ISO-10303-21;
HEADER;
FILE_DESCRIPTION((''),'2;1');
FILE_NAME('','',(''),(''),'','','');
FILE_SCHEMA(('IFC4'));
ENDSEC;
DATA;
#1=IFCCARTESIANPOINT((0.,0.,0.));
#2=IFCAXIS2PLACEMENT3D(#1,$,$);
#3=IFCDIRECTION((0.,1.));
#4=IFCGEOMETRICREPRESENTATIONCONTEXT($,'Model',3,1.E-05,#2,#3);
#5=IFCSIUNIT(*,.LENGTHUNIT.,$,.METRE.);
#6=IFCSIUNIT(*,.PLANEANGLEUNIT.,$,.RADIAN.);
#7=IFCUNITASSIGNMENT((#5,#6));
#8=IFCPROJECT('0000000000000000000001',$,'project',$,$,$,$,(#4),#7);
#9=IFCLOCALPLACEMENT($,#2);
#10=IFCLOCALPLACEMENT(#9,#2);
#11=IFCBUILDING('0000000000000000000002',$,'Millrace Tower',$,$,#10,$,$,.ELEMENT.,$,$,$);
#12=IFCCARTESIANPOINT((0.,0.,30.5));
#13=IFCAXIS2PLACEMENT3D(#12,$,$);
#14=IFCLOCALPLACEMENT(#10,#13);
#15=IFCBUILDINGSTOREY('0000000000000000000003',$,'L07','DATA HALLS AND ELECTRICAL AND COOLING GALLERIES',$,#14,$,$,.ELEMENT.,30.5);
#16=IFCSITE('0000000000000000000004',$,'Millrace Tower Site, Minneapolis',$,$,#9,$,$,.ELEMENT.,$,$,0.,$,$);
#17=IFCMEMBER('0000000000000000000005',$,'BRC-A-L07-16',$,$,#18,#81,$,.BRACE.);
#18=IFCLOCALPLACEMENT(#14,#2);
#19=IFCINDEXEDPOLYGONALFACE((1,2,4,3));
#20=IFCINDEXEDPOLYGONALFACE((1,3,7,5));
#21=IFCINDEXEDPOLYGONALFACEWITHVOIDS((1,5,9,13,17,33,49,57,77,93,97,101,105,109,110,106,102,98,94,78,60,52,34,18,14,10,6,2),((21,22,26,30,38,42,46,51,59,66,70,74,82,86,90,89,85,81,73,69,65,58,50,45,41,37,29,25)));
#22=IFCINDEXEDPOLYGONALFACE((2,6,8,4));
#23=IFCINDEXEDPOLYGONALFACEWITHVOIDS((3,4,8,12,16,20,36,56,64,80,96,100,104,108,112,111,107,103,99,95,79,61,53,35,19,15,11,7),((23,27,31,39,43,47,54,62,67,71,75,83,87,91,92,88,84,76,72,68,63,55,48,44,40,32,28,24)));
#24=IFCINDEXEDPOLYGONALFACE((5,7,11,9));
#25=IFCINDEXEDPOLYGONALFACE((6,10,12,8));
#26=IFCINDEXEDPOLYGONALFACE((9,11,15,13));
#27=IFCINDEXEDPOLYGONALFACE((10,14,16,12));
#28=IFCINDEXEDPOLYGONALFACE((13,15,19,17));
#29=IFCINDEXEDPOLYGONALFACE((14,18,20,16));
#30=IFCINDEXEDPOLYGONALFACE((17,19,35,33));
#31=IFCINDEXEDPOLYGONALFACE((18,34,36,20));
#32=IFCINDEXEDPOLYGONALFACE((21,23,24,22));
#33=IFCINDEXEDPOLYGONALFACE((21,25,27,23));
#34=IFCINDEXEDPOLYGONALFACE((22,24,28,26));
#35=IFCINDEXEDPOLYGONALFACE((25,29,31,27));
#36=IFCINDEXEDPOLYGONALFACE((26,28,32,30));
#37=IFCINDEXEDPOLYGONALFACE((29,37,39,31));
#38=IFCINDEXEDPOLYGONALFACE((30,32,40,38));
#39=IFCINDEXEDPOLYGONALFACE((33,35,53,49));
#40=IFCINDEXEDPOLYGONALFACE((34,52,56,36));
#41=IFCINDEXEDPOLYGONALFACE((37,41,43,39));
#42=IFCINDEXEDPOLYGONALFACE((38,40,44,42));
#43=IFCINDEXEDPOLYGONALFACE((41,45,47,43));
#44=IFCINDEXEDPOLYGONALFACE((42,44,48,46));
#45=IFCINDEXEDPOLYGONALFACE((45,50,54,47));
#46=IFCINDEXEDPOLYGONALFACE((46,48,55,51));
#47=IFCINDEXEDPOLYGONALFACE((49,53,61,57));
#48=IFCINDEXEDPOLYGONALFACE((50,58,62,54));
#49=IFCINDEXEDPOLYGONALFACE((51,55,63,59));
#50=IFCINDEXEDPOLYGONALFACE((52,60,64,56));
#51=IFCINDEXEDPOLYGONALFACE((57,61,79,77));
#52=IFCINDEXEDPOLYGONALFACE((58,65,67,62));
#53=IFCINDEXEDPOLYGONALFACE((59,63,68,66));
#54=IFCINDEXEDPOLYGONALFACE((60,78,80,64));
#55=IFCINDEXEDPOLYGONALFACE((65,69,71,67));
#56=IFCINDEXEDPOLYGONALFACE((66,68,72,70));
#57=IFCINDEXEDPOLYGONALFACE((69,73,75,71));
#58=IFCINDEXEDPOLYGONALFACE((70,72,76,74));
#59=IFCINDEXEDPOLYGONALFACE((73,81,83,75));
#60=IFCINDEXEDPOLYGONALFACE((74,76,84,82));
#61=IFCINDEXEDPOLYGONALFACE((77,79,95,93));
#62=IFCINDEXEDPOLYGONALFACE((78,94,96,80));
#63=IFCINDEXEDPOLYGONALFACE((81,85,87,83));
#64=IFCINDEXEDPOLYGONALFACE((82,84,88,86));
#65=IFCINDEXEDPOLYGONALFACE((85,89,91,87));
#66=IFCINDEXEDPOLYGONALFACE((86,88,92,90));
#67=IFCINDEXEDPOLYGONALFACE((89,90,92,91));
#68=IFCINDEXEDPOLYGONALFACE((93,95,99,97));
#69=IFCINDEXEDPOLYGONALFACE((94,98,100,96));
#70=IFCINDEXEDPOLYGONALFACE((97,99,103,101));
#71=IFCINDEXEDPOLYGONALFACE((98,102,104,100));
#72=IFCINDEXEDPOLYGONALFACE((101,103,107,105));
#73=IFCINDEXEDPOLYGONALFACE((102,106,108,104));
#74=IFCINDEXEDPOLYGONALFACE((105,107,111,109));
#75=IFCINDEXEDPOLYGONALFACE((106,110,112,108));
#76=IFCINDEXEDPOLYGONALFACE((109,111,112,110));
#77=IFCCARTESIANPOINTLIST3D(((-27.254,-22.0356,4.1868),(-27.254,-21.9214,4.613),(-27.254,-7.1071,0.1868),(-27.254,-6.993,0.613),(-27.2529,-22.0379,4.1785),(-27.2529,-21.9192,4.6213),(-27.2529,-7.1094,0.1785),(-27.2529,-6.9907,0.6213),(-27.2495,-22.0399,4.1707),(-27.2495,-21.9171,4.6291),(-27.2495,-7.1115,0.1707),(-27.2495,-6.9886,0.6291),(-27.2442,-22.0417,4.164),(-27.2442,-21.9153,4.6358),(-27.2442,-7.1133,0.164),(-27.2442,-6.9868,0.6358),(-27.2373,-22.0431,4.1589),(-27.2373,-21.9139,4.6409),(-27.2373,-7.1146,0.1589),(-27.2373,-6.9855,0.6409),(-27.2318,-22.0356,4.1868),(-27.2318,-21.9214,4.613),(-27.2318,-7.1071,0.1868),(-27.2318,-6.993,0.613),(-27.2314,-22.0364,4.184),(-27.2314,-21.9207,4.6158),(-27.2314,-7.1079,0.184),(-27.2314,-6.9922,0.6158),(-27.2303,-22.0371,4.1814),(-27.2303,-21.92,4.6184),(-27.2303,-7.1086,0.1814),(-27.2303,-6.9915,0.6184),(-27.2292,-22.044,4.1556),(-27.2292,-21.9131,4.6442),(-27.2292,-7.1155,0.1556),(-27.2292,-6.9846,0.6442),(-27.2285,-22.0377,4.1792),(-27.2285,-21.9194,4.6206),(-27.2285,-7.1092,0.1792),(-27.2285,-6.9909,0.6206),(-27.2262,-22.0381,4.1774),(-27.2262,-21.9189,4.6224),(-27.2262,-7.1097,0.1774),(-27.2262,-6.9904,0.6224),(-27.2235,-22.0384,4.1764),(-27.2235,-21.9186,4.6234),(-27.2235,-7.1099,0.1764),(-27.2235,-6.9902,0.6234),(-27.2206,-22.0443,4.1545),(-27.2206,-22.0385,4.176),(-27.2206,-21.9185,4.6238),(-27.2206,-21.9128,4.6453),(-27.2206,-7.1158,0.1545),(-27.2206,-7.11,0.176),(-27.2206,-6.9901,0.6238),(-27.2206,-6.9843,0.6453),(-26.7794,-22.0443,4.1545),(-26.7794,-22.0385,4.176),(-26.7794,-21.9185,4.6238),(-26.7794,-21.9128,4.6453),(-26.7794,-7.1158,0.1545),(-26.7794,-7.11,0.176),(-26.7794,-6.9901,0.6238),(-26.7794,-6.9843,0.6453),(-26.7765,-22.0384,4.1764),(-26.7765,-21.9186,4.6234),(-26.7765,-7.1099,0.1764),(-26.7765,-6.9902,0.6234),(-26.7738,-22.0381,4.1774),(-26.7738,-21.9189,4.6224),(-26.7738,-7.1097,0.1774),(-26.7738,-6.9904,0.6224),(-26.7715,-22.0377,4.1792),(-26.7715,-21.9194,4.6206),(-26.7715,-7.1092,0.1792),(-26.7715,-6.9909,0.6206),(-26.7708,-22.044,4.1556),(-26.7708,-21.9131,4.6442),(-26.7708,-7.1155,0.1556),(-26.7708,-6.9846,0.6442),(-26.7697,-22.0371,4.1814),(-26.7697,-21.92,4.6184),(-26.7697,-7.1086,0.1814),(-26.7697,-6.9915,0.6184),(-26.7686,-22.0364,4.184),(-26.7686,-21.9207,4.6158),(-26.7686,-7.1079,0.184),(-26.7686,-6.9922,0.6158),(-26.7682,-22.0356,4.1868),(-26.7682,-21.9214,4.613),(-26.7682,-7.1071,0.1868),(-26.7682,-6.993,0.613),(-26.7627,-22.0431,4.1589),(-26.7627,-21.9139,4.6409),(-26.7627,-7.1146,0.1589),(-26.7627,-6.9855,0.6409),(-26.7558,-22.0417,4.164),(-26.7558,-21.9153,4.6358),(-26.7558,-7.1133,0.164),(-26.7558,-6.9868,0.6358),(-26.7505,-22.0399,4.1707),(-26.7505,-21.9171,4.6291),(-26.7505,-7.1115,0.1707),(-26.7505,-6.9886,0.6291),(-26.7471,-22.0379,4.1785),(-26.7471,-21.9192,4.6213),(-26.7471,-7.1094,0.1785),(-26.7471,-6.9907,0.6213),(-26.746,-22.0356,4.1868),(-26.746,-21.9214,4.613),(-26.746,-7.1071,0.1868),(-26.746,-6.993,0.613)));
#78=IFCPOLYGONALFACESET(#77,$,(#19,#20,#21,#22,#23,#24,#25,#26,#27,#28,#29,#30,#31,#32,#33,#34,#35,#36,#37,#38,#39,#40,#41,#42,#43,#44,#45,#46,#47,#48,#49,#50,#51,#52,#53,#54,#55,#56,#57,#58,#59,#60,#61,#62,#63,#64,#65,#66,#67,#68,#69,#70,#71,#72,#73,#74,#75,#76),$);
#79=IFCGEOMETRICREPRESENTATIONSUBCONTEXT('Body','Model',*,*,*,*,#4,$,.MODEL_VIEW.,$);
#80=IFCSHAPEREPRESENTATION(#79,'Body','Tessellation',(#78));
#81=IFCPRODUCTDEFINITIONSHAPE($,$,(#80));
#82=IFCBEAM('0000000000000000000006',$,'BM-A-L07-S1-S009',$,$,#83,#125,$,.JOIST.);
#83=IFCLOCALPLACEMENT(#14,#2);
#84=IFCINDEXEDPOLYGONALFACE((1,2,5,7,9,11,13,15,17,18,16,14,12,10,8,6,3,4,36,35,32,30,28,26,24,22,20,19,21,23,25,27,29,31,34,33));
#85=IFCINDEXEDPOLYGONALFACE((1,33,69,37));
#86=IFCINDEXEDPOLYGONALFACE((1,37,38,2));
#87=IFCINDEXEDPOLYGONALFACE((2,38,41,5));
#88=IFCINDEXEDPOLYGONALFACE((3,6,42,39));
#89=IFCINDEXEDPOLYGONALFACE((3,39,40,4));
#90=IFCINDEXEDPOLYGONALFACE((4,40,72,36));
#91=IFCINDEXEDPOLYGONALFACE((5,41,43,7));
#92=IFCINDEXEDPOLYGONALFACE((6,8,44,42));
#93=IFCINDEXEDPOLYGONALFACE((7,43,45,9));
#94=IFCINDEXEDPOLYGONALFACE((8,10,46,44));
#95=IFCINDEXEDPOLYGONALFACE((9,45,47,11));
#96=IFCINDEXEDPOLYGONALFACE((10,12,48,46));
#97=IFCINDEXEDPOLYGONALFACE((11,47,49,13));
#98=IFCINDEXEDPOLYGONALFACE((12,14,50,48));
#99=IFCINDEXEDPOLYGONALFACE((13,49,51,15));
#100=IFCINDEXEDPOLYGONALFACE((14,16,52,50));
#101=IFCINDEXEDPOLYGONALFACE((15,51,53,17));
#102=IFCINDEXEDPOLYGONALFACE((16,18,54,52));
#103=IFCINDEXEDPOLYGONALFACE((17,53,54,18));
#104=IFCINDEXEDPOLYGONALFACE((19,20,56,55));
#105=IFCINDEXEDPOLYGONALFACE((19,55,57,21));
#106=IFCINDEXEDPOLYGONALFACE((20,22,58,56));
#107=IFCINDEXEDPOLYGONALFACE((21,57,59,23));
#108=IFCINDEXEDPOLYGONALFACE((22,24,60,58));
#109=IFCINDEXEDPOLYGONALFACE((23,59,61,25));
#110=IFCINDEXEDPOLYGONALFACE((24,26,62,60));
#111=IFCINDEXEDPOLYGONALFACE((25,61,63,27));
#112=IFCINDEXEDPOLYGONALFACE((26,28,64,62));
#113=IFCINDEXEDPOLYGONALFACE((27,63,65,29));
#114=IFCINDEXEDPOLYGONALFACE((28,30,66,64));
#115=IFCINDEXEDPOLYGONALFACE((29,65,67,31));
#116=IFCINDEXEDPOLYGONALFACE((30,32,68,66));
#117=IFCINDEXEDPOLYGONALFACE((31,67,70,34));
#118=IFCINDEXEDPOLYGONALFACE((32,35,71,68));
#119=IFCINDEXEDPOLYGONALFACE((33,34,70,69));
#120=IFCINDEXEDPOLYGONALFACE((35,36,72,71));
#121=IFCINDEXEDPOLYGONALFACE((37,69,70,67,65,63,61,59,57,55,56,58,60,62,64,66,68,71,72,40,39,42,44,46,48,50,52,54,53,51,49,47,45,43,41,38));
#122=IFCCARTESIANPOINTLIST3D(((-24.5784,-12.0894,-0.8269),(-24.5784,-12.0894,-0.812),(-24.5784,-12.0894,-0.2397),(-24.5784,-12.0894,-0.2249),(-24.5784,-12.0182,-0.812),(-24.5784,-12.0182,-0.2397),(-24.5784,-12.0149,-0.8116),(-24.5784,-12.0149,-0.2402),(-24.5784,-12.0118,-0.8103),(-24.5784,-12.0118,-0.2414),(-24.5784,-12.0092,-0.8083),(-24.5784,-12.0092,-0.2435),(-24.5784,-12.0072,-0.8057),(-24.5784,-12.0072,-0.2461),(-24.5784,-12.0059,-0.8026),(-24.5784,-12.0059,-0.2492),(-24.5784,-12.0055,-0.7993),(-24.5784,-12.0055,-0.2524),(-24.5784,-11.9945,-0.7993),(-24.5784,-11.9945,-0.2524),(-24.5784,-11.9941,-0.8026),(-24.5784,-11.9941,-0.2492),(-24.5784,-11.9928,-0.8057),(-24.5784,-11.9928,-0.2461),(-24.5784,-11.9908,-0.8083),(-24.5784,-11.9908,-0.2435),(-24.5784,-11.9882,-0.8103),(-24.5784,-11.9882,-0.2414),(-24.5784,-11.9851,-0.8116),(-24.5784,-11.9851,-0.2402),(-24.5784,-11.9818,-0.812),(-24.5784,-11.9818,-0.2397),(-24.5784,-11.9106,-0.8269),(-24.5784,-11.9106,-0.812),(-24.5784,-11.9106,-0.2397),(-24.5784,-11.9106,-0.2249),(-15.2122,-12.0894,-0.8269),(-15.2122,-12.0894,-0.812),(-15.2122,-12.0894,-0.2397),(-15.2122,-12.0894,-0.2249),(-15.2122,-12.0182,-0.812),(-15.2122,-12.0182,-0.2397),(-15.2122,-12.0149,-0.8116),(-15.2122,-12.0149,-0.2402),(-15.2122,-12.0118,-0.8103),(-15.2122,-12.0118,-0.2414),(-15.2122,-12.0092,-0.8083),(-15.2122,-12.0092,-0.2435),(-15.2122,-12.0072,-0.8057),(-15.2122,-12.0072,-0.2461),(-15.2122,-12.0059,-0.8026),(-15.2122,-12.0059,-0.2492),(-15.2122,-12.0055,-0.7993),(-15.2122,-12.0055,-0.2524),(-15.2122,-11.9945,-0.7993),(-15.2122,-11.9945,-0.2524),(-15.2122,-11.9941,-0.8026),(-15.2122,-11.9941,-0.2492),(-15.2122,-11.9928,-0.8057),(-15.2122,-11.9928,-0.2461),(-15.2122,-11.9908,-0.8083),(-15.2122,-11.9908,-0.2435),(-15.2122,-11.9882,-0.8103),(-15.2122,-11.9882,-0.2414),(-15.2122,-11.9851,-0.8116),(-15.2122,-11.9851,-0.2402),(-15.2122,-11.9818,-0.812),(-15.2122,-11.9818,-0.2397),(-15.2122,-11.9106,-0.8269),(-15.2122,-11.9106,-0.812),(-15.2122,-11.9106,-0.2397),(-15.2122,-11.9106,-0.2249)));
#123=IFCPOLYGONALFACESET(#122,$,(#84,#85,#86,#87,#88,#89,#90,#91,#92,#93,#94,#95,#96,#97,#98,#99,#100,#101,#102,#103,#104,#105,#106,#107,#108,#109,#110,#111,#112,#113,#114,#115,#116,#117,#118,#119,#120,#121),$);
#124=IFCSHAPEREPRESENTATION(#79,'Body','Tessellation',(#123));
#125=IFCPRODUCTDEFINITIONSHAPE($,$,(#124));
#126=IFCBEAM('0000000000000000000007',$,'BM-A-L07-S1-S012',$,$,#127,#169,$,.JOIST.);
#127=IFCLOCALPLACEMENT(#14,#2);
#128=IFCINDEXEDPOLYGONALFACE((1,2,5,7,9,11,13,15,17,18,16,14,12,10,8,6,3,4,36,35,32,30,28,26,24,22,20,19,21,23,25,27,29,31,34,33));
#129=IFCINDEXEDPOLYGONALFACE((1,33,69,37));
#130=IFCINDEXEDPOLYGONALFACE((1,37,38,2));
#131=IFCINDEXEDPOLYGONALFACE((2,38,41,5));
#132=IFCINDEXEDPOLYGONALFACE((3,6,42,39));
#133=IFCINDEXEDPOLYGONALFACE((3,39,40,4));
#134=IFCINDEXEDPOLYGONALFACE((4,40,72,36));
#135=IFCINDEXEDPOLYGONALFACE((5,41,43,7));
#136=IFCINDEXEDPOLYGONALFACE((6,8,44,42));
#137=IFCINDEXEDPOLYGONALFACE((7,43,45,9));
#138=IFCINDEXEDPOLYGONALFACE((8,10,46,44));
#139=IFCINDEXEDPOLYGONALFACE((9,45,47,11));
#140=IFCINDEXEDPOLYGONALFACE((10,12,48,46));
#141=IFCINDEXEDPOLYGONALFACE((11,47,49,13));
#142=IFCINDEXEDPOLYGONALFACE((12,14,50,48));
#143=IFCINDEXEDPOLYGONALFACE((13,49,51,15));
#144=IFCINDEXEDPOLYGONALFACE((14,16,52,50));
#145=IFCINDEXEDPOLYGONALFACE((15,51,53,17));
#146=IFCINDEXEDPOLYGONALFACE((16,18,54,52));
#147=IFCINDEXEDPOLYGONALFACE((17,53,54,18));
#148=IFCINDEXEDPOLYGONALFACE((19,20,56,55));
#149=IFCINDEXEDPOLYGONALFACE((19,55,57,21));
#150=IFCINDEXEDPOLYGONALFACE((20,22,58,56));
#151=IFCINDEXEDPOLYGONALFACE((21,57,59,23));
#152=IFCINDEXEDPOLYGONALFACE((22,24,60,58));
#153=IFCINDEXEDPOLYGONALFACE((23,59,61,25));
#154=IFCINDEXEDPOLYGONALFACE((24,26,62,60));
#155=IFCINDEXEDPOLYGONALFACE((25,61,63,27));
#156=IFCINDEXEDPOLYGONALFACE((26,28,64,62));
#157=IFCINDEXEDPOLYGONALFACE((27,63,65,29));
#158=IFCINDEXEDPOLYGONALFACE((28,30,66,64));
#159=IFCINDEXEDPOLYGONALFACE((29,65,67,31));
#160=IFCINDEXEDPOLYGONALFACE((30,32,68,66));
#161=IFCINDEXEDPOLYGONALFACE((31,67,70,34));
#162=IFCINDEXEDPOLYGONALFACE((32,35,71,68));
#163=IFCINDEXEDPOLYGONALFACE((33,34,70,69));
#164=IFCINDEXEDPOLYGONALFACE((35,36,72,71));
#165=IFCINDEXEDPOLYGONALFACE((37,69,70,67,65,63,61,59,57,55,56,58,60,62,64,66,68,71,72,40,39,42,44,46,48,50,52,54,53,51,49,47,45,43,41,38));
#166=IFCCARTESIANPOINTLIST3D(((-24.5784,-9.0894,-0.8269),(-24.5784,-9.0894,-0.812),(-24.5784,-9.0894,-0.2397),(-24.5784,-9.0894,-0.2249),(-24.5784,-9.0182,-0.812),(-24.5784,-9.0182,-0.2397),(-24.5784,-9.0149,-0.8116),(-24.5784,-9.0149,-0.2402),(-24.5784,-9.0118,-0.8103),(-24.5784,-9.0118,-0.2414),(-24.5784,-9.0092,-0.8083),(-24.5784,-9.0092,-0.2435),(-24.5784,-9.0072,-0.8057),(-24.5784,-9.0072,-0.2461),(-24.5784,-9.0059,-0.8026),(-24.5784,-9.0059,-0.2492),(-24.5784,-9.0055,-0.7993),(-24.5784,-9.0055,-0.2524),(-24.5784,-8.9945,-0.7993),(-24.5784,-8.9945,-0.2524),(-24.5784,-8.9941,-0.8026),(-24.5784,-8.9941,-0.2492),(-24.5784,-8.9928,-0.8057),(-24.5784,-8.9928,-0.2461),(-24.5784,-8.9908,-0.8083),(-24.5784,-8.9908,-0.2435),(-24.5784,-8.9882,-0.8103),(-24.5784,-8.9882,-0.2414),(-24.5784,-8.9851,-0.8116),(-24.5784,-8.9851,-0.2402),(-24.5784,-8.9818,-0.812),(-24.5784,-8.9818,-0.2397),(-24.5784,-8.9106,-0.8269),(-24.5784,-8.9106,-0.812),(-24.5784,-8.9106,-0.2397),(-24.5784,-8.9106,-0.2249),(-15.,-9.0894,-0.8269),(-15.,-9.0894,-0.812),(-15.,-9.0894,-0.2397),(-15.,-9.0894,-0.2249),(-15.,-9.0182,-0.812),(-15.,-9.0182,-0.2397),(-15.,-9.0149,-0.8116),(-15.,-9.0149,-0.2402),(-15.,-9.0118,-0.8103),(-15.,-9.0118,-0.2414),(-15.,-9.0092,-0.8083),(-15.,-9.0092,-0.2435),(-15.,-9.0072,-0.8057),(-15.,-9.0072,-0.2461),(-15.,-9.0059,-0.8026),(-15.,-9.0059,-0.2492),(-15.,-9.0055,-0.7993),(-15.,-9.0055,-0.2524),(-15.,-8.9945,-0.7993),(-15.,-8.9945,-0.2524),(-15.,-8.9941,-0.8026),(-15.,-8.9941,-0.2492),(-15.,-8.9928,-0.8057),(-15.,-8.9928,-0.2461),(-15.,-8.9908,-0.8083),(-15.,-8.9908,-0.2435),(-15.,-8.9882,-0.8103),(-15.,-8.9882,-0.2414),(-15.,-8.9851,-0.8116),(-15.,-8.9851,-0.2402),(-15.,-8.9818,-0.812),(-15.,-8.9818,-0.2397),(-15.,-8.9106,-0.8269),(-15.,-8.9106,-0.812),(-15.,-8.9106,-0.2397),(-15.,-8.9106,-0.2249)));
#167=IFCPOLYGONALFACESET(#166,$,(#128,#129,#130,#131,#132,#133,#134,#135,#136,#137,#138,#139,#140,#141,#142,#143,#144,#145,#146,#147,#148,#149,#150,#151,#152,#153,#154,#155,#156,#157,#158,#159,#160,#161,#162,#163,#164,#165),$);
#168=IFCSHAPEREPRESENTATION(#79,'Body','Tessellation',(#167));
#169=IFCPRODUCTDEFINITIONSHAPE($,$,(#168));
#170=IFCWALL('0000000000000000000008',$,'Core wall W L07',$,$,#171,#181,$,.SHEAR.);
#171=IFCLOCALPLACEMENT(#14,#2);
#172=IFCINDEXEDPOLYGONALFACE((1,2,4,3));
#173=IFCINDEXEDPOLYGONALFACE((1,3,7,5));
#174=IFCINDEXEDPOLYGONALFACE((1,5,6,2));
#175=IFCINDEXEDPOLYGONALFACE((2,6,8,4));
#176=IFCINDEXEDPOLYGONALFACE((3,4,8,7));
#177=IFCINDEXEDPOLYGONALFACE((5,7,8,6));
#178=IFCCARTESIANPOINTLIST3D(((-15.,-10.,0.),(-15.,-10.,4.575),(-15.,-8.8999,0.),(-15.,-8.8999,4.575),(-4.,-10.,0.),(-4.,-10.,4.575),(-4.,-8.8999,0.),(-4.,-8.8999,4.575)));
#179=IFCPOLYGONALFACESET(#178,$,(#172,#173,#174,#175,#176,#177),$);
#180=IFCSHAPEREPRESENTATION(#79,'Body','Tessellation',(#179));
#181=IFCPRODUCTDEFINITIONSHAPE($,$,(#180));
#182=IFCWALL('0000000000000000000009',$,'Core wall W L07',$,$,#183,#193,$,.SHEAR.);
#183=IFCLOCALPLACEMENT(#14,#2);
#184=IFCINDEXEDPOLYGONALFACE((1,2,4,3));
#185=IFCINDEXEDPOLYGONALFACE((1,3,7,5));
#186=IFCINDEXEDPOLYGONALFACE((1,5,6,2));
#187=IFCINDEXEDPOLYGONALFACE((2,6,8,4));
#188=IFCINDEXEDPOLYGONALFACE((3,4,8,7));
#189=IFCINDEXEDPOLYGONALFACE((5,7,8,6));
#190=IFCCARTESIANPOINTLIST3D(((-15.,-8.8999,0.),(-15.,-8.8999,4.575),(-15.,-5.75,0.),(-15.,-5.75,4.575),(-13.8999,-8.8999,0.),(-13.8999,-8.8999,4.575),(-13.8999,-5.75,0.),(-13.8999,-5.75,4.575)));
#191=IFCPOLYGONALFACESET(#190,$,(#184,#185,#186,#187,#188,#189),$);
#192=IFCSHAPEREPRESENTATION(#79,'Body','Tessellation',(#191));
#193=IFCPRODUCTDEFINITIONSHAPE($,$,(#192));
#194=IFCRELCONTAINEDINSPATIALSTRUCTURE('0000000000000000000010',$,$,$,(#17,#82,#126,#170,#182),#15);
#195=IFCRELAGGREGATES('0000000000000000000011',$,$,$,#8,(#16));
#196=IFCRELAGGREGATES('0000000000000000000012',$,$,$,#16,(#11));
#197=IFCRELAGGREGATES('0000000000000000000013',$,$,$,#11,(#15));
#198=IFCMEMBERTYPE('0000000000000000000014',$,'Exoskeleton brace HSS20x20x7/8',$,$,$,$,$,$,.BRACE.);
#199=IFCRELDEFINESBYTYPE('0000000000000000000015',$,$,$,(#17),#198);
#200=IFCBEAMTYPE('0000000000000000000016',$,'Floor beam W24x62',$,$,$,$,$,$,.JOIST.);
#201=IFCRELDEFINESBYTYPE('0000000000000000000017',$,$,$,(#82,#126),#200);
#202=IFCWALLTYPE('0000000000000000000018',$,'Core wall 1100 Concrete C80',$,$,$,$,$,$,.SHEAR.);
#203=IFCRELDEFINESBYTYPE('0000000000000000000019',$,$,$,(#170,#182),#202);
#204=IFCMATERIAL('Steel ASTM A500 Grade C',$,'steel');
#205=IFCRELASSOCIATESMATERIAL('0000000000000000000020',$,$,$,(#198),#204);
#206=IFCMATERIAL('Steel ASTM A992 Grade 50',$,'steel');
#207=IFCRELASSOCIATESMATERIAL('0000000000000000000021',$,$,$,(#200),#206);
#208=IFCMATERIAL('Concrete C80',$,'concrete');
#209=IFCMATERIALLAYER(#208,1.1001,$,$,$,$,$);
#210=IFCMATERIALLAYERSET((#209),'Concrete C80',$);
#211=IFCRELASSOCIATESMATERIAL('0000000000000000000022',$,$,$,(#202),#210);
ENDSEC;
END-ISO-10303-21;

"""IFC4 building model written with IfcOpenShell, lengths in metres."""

from ifc_helpers import new_model, si_unit, direction, frame, frame_2d, origin, origin_2d, place, context, subcontext, project, spatial, rectangle, hollow_rectangle, i_section, extrude, material, layer, layer_set, material_profile, profile_set, type_object, element, save


model = new_model("IFC4")

# Units and contexts
model_context = context("Model", 3, precision=1e-05, world=origin(), true_north=direction((0.0, 1.0)))
body_context = subcontext(model_context, "Body", "Model", "MODEL_VIEW")
ifc_project = project(units=[si_unit("LENGTHUNIT", "METRE"), si_unit("PLANEANGLEUNIT", "RADIAN")], contexts=[model_context])

# Site, building, storey
site_placement = place(None, origin())
site = spatial("IfcSite", under=ifc_project, at=site_placement, Name="Millrace Tower Site, Minneapolis", CompositionType="ELEMENT", RefElevation=0.0)
building_placement = place(site_placement, origin())
building = spatial("IfcBuilding", under=site, at=building_placement, Name="Millrace Tower", CompositionType="ELEMENT")
storey_placement = place(building_placement, frame((0.0, 0.0, 30.5)))
storey = spatial("IfcBuildingStorey", under=building, at=storey_placement, Name="L07", Description="DATA HALLS AND ELECTRICAL AND COOLING GALLERIES", CompositionType="ELEMENT", Elevation=30.5)

# Member
ifc_material_1 = material(Name="Steel ASTM A500 Grade C", Category="steel")
ifc_material_profile_1 = material_profile(ifc_material_1, hollow_rectangle(XDim=0.5081, YDim=0.5081, WallThickness=0.0222, InnerFilletRadius=0.0112, OuterFilletRadius=0.0334, at=origin_2d()))
ifc_profile_set_1 = profile_set([ifc_material_profile_1], Name="Steel ASTM A500 Grade C")
member_type_1 = type_object("IfcMemberType", Name="Exoskeleton brace HSS20x20x7/8", PredefinedType="BRACE", material=ifc_profile_set_1)
member_1_placement = place(storey_placement, frame((-27.0, -7.05, 0.3999), z_axis=(0.0, -0.965927, 0.258815), x_axis=(1.0, 0.0, 0.0)))
element("IfcMember", 1, at=member_1_placement, inside=storey, type_object=member_type_1, Name="BRC-A-L07-16", PredefinedType="BRACE", context=body_context, shape_type="SweptSolid", body=[
    extrude(hollow_rectangle(XDim=0.5081, YDim=0.5081, WallThickness=0.0222, InnerFilletRadius=0.0112, OuterFilletRadius=0.0334, at=origin_2d()), origin(), (0.0, 0.0, 1.0), 15.4551),
])

# Beams
ifc_material_2 = material(Name="Steel ASTM A992 Grade 50", Category="steel")
ifc_material_profile_2 = material_profile(ifc_material_2, i_section(OverallWidth=0.1787, OverallDepth=0.6021, WebThickness=0.011, FlangeThickness=0.0149, FilletRadius=0.0127, at=origin_2d()))
ifc_profile_set_2 = profile_set([ifc_material_profile_2], Name="Steel ASTM A992 Grade 50")
beam_type = type_object("IfcBeamType", Name="Floor beam W24x62", PredefinedType="JOIST", material=ifc_profile_set_2)
beam_1_placement = place(storey_placement, frame((-24.5784, -12.0, -0.5259), z_axis=(1.0, 0.0, 0.0), x_axis=(0.0, 1.0, 0.0)))
element("IfcBeam", 2, at=beam_1_placement, inside=storey, type_object=beam_type, Name="BM-A-L07-S1-S009", PredefinedType="JOIST", context=body_context, shape_type="SweptSolid", body=[
    extrude(i_section(OverallWidth=0.1787, OverallDepth=0.6021, WebThickness=0.011, FlangeThickness=0.0149, FilletRadius=0.0127, at=origin_2d()), origin(), (0.0, 0.0, 1.0), 9.3662),
])
beam_2_placement = place(storey_placement, frame((-24.5784, -9.0, -0.5259), z_axis=(1.0, 0.0, 0.0), x_axis=(0.0, 1.0, 0.0)))
element("IfcBeam", 3, at=beam_2_placement, inside=storey, type_object=beam_type, Name="BM-A-L07-S1-S012", PredefinedType="JOIST", context=body_context, shape_type="SweptSolid", body=[
    extrude(i_section(OverallWidth=0.1787, OverallDepth=0.6021, WebThickness=0.011, FlangeThickness=0.0149, FilletRadius=0.0127, at=origin_2d()), origin(), (0.0, 0.0, 1.0), 9.5784),
])

# Walls
ifc_material_3 = material(Name="Concrete C80", Category="concrete")
ifc_layer_1 = layer(ifc_material_3, 1.1001)
ifc_layer_set_1 = layer_set([ifc_layer_1], Name="Concrete C80")
wall_type_1 = type_object("IfcWallType", Name="Core wall 1100 Concrete C80", PredefinedType="SHEAR", material=ifc_layer_set_1)
wall_1_placement = place(storey_placement, frame((-15.0, -9.45, 0.0), z_axis=(0.0, 0.0, 1.0), x_axis=(1.0, 0.0, 0.0)))
element("IfcWall", 4, at=wall_1_placement, inside=storey, type_object=wall_type_1, Name="Core wall W L07", PredefinedType="SHEAR", context=body_context, shape_type="SweptSolid", body=[
    extrude(rectangle(XDim=11.0, YDim=1.1001, at=frame_2d((5.5, 0.0))), origin(), (0.0, 0.0, 1.0), 4.575),
])
wall_2_placement = place(storey_placement, frame((-14.45, -8.8999, 0.0), z_axis=(0.0, 0.0, 1.0), x_axis=(0.0, 1.0, 0.0)))
element("IfcWall", 5, at=wall_2_placement, inside=storey, type_object=wall_type_1, Name="Core wall W L07", PredefinedType="SHEAR", context=body_context, shape_type="SweptSolid", body=[
    extrude(rectangle(XDim=3.1499, YDim=1.1001, at=frame_2d((1.575, 0.0))), origin(), (0.0, 0.0, 1.0), 4.575),
])

save(model, "model.ifc")
